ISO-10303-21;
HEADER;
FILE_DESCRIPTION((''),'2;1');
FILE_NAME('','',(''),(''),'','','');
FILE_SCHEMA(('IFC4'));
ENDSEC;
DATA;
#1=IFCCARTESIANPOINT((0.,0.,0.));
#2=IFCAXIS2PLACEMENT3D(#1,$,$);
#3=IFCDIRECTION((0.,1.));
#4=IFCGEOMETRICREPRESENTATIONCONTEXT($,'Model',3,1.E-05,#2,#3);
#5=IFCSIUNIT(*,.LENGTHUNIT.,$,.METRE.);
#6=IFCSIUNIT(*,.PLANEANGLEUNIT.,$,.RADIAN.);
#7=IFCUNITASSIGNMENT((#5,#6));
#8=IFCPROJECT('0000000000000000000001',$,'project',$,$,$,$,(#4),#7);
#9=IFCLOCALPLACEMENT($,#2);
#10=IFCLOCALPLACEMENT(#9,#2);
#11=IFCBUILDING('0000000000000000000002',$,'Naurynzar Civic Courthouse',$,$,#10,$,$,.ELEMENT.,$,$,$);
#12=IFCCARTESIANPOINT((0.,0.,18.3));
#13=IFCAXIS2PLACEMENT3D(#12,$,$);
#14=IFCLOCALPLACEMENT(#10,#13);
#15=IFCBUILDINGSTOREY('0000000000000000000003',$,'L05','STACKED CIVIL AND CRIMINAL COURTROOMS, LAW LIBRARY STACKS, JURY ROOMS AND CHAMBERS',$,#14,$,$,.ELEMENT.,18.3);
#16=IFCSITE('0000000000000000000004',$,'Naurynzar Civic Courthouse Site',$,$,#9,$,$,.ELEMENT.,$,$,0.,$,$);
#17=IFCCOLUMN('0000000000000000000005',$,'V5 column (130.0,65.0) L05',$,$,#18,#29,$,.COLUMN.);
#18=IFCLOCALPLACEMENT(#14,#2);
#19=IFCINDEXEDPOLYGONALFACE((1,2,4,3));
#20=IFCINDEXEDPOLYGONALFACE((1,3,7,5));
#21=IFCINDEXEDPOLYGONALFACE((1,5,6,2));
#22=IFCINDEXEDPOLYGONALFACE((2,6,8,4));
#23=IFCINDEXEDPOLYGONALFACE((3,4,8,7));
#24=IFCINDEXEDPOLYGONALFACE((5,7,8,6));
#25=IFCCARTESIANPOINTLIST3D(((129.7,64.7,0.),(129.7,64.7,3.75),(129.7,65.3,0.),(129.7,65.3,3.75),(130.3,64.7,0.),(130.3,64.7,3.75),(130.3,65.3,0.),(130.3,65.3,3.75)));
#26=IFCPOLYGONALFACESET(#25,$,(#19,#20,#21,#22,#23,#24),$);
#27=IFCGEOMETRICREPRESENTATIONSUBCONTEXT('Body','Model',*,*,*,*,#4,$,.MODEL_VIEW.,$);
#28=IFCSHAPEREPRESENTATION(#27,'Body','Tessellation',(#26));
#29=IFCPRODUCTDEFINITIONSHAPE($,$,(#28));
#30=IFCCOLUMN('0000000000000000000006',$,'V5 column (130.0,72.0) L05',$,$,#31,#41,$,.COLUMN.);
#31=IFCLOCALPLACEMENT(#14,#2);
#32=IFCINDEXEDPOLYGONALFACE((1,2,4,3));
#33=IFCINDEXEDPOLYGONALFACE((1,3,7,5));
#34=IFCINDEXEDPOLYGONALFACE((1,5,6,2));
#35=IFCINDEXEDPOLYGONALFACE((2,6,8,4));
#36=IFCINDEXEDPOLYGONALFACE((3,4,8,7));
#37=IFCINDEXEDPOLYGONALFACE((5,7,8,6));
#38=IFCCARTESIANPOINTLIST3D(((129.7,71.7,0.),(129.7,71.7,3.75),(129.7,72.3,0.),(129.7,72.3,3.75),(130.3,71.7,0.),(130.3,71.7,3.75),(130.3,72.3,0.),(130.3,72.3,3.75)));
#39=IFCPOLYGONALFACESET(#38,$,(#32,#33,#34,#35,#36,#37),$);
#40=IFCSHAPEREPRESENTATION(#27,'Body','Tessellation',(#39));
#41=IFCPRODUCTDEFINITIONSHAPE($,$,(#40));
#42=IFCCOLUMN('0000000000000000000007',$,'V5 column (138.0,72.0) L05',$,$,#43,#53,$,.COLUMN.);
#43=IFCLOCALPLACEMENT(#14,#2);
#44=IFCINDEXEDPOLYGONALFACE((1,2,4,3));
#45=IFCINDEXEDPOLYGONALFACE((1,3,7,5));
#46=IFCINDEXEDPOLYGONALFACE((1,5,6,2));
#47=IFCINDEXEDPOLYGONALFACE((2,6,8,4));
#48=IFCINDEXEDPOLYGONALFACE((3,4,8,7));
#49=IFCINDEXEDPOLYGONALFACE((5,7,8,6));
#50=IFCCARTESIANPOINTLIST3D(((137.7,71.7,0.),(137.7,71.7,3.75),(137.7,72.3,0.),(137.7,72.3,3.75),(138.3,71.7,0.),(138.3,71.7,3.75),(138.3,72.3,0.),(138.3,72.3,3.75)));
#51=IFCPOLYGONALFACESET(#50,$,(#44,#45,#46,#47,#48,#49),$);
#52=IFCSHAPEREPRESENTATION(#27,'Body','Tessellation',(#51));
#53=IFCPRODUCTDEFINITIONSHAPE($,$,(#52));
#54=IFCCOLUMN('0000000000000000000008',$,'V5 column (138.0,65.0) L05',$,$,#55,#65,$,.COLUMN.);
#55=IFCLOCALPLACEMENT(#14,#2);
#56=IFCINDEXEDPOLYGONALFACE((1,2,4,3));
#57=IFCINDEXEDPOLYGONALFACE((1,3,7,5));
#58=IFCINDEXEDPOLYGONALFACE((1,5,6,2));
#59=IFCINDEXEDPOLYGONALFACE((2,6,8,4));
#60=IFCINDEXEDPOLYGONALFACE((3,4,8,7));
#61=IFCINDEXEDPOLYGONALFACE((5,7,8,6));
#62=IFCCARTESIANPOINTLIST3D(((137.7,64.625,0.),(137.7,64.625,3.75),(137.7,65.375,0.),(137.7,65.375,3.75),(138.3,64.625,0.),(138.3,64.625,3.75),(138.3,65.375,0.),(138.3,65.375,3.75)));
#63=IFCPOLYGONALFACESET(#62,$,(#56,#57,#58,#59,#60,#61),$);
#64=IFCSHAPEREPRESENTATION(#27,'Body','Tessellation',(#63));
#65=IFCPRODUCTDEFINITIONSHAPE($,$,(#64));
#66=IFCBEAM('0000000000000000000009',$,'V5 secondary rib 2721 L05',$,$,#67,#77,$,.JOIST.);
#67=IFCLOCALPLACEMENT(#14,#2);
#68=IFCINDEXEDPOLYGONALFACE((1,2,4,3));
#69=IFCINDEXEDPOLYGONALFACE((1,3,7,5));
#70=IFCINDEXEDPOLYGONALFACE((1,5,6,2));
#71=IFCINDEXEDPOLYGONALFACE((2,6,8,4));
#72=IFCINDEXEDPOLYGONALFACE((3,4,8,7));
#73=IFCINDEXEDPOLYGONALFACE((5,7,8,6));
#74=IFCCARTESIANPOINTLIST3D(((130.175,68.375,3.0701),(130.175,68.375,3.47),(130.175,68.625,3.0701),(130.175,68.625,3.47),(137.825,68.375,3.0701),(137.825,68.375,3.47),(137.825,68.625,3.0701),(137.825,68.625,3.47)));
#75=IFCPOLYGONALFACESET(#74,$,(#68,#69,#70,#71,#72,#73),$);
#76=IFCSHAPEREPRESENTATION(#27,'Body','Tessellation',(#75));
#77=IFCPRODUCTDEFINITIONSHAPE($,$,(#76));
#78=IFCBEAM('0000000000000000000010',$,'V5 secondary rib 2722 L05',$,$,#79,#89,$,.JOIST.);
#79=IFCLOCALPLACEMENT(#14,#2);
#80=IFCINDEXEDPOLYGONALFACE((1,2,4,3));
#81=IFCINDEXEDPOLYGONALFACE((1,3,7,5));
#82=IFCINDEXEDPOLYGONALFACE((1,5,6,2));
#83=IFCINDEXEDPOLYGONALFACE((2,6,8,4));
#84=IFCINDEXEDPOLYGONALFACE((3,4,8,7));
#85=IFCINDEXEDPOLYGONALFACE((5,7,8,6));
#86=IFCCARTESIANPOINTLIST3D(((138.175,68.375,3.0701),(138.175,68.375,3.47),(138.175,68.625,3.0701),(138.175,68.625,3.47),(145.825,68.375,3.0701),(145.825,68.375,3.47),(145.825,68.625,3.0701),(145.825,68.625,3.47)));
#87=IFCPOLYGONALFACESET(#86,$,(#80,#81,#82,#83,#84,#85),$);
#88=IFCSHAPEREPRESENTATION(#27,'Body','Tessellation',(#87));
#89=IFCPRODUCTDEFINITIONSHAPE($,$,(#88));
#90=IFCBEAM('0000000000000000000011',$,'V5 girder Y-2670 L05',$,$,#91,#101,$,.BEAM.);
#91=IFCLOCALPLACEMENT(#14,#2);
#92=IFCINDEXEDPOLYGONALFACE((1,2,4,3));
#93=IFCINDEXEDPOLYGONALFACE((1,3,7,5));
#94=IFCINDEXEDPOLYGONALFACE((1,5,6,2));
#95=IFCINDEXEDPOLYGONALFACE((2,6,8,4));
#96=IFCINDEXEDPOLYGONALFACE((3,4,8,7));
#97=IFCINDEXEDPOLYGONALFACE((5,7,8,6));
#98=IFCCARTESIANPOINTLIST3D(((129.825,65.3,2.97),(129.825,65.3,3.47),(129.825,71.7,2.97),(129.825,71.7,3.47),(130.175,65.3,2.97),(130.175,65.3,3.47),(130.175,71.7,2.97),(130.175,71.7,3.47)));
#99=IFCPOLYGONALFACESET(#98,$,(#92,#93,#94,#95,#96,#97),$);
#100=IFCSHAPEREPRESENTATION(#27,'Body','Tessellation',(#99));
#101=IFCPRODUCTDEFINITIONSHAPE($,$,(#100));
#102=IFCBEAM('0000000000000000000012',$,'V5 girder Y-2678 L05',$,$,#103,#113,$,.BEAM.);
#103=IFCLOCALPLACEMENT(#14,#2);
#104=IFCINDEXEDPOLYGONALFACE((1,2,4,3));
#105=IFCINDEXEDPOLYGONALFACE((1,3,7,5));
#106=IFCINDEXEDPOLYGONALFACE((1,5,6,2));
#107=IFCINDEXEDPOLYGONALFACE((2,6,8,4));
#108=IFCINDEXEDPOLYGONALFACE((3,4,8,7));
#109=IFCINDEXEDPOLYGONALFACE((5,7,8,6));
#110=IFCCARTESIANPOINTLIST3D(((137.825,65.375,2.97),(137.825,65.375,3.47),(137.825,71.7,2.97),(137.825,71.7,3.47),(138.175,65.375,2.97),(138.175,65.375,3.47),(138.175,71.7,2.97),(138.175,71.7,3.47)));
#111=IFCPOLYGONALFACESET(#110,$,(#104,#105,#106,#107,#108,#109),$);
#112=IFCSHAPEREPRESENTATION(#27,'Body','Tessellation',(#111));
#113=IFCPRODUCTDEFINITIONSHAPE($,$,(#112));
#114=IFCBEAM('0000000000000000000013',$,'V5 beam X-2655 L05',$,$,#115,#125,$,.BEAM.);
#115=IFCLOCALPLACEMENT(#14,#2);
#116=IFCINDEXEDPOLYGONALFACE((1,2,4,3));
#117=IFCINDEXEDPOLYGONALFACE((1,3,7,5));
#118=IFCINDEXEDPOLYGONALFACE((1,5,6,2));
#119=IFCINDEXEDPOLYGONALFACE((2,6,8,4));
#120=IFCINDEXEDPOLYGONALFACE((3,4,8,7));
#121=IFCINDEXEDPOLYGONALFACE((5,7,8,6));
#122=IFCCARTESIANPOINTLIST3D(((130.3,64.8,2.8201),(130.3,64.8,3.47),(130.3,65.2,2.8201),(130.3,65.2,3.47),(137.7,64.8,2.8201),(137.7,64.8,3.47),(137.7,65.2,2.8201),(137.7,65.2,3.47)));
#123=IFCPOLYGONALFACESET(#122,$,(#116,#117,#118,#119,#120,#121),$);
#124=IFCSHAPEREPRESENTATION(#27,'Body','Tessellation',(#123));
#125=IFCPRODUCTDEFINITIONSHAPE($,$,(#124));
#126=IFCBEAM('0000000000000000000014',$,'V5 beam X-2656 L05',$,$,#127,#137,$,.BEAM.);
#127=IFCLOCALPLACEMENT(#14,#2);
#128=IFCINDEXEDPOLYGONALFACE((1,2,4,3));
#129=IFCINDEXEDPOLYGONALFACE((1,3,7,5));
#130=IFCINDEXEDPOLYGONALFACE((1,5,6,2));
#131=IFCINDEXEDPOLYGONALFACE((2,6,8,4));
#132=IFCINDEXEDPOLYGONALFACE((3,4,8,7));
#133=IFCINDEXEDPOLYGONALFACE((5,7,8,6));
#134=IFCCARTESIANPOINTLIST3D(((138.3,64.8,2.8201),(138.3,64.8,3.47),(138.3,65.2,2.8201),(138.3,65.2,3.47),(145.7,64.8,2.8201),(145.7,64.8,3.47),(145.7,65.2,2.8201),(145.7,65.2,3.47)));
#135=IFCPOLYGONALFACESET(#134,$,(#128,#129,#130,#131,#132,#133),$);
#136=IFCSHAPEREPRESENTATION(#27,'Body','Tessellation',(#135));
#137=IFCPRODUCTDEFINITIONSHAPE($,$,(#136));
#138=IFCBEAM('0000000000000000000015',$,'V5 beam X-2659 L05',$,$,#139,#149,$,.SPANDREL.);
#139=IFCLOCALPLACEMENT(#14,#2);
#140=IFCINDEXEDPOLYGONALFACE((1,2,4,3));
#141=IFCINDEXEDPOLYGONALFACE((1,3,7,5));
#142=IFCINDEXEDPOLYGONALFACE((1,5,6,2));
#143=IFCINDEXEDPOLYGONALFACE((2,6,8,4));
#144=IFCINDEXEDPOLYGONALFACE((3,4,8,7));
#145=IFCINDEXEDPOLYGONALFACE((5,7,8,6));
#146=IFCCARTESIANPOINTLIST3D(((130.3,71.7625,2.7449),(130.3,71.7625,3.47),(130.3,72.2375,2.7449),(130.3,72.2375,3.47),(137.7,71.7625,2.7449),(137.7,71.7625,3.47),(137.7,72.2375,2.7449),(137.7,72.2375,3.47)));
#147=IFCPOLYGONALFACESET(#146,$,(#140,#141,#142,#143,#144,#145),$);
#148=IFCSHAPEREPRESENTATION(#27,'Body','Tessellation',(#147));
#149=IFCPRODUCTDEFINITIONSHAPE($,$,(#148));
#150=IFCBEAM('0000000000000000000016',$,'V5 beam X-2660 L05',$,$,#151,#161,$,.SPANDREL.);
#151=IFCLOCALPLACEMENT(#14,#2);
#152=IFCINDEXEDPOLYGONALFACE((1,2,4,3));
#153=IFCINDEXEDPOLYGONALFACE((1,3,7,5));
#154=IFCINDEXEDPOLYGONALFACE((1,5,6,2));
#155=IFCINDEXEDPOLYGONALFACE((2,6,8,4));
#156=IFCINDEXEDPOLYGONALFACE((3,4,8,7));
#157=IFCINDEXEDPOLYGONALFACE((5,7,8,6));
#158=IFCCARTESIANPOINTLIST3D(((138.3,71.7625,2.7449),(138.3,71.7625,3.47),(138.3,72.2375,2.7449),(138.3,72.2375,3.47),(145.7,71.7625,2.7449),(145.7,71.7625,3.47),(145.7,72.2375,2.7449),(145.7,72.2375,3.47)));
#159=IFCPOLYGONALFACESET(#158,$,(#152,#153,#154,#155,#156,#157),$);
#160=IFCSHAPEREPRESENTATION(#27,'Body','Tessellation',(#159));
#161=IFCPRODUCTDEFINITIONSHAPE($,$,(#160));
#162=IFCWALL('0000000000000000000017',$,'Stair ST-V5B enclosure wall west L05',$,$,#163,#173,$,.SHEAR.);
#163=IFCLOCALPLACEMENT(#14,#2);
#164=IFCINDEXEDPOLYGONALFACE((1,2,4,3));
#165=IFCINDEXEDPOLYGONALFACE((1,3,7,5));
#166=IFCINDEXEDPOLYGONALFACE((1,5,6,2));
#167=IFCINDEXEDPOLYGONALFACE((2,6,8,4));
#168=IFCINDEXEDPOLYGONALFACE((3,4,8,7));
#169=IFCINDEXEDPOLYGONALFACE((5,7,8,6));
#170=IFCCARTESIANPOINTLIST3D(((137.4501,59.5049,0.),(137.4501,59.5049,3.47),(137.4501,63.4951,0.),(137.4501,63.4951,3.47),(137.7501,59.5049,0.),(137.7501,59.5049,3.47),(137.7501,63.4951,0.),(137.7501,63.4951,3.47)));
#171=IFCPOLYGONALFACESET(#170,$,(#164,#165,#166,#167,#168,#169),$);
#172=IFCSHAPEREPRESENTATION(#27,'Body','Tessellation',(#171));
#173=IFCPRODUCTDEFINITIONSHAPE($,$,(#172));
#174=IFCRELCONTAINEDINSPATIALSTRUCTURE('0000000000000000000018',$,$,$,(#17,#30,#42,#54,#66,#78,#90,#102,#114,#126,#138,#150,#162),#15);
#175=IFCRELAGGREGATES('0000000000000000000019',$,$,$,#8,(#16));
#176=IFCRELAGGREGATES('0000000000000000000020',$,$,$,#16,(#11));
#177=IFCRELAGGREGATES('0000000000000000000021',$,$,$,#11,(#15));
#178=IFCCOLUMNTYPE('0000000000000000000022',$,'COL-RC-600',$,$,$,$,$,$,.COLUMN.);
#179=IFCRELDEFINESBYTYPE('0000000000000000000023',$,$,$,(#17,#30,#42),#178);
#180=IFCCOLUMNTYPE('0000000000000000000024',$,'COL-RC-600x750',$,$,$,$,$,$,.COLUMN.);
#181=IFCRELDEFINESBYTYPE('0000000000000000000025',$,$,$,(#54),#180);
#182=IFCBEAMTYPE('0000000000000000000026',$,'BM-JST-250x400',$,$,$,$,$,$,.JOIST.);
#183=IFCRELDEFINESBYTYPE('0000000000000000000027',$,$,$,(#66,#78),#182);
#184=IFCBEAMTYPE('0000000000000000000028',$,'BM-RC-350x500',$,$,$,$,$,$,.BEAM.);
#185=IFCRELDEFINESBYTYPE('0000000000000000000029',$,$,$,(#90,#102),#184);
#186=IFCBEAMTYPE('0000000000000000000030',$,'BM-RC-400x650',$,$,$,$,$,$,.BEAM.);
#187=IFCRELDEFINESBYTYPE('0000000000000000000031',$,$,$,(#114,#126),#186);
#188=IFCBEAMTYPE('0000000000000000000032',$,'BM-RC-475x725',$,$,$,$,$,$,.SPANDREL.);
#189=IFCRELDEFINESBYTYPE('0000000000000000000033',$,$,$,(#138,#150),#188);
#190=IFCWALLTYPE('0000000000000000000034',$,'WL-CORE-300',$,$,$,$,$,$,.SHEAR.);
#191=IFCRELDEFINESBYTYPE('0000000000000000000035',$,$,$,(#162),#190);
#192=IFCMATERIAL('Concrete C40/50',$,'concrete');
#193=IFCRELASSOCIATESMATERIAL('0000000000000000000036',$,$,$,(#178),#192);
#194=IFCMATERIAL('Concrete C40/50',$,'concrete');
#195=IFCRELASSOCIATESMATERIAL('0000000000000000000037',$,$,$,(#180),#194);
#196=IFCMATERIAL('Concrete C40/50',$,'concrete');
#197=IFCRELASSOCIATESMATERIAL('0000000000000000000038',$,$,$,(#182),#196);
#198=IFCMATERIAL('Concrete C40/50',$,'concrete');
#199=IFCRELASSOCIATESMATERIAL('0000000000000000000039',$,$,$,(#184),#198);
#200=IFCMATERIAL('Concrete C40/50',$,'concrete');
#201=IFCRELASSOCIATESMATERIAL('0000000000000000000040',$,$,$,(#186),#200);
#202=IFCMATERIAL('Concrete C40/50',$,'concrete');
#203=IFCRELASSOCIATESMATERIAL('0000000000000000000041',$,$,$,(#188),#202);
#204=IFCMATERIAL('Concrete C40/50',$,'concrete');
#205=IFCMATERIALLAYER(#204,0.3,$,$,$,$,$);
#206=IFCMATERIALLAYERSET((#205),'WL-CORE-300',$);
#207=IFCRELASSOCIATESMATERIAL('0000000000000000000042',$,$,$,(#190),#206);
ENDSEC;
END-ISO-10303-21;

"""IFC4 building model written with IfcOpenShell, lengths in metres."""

from ifc_helpers import new_model, si_unit, direction, frame, frame_2d, origin, origin_2d, place, context, subcontext, project, spatial, rectangle, extrude, material, layer, layer_set, material_profile, profile_set, type_object, element, save


model = new_model("IFC4")

# Units and contexts
model_context = context("Model", 3, precision=1e-05, world=origin(), true_north=direction((0.0, 1.0)))
body_context = subcontext(model_context, "Body", "Model", "MODEL_VIEW")
ifc_project = project(units=[si_unit("LENGTHUNIT", "METRE"), si_unit("PLANEANGLEUNIT", "RADIAN")], contexts=[model_context])

# Site, building, storey
site_placement = place(None, origin())
site = spatial("IfcSite", under=ifc_project, at=site_placement, Name="Naurynzar Civic Courthouse Site", CompositionType="ELEMENT", RefElevation=0.0)
building_placement = place(site_placement, origin())
building = spatial("IfcBuilding", under=site, at=building_placement, Name="Naurynzar Civic Courthouse", CompositionType="ELEMENT")
storey_placement = place(building_placement, frame((0.0, 0.0, 18.3)))
storey = spatial("IfcBuildingStorey", under=building, at=storey_placement, Name="L05", Description="STACKED CIVIL AND CRIMINAL COURTROOMS, LAW LIBRARY STACKS, JURY ROOMS AND CHAMBERS", CompositionType="ELEMENT", Elevation=18.3)

# Columns
ifc_material_1 = material(Name="Concrete C40/50", Category="concrete")
ifc_material_profile_1 = material_profile(ifc_material_1, rectangle(XDim=0.6001, YDim=0.6001, at=origin_2d()), Name="RC 600x600")
ifc_profile_set_1 = profile_set([ifc_material_profile_1], Name="Concrete C40/50")
column_type_1 = type_object("IfcColumnType", Name="COL-RC-600", PredefinedType="COLUMN", material=ifc_profile_set_1)
for number, where, z_axis, x_axis, name in (
    (1, (130.0, 65.0, 0.0), (0.0, 0.0, 1.0), (1.0, 0.0, 0.0), "V5 column (130.0,65.0) L05"),
    (2, (130.0, 72.0, 0.0), (0.0, 0.0, 1.0), (1.0, 0.0, 0.0), "V5 column (130.0,72.0) L05"),
    (3, (138.0, 72.0, 0.0), (0.0, 0.0, 1.0), (1.0, 0.0, 0.0), "V5 column (138.0,72.0) L05"),
):
    element("IfcColumn", number, at=place(storey_placement, frame(where, z_axis=z_axis, x_axis=x_axis)), inside=storey, type_object=column_type_1, Name=name, PredefinedType="COLUMN", context=body_context, shape_type="SweptSolid", body=[
        extrude(rectangle(XDim=0.6001, YDim=0.6001, at=origin_2d()), origin(), (0.0, 0.0, 1.0), 3.75),
    ])
ifc_material_2 = material(Name="Concrete C40/50", Category="concrete")
ifc_material_profile_2 = material_profile(ifc_material_2, rectangle(XDim=0.6001, YDim=0.75, at=origin_2d()), Name="RC 600x750")
ifc_profile_set_2 = profile_set([ifc_material_profile_2], Name="Concrete C40/50")
column_type_2 = type_object("IfcColumnType", Name="COL-RC-600x750", PredefinedType="COLUMN", material=ifc_profile_set_2)
column_placement = place(storey_placement, frame((138.0, 65.0, 0.0), z_axis=(0.0, 0.0, 1.0), x_axis=(1.0, 0.0, 0.0)))
element("IfcColumn", 4, at=column_placement, inside=storey, type_object=column_type_2, Name="V5 column (138.0,65.0) L05", PredefinedType="COLUMN", context=body_context, shape_type="SweptSolid", body=[
    extrude(rectangle(XDim=0.6001, YDim=0.75, at=origin_2d()), origin(), (0.0, 0.0, 1.0), 3.75),
])

# Beams
ifc_material_3 = material(Name="Concrete C40/50", Category="concrete")
ifc_material_profile_3 = material_profile(ifc_material_3, rectangle(XDim=0.25, YDim=0.3999, at=origin_2d()), Name="RCB 250x400")
ifc_profile_set_3 = profile_set([ifc_material_profile_3], Name="Concrete C40/50")
beam_type_1 = type_object("IfcBeamType", Name="BM-JST-250x400", PredefinedType="JOIST", material=ifc_profile_set_3)
for number, where, z_axis, x_axis, name in (
    (5, (130.175, 68.5, 3.27), (1.0, 0.0, 0.0), (0.0, 1.0, 0.0), "V5 secondary rib 2721 L05"),
    (6, (138.175, 68.5, 3.27), (1.0, 0.0, 0.0), (0.0, 1.0, 0.0), "V5 secondary rib 2722 L05"),
):
    element("IfcBeam", number, at=place(storey_placement, frame(where, z_axis=z_axis, x_axis=x_axis)), inside=storey, type_object=beam_type_1, Name=name, PredefinedType="JOIST", context=body_context, shape_type="SweptSolid", body=[
        extrude(rectangle(XDim=0.25, YDim=0.3999, at=origin_2d()), origin(), (0.0, 0.0, 1.0), 7.6499),
    ])
ifc_material_4 = material(Name="Concrete C40/50", Category="concrete")
ifc_material_profile_4 = material_profile(ifc_material_4, rectangle(XDim=0.3501, YDim=0.5, at=origin_2d()), Name="RCB 350x500")
ifc_profile_set_4 = profile_set([ifc_material_profile_4], Name="Concrete C40/50")
beam_type_2 = type_object("IfcBeamType", Name="BM-RC-350x500", PredefinedType="BEAM", material=ifc_profile_set_4)
beam_1_placement = place(storey_placement, frame((130.0, 65.3, 3.22), z_axis=(0.0, 1.0, 0.0), x_axis=(-1.0, 0.0, 0.0)))
element("IfcBeam", 7, at=beam_1_placement, inside=storey, type_object=beam_type_2, Name="V5 girder Y-2670 L05", PredefinedType="BEAM", context=body_context, shape_type="SweptSolid", body=[
    extrude(rectangle(XDim=0.3501, YDim=0.5, at=origin_2d()), origin(), (0.0, 0.0, 1.0), 6.3999),
])
beam_2_placement = place(storey_placement, frame((138.0, 65.375, 3.22), z_axis=(0.0, 1.0, 0.0), x_axis=(-1.0, 0.0, 0.0)))
element("IfcBeam", 8, at=beam_2_placement, inside=storey, type_object=beam_type_2, Name="V5 girder Y-2678 L05", PredefinedType="BEAM", context=body_context, shape_type="SweptSolid", body=[
    extrude(rectangle(XDim=0.3501, YDim=0.5, at=origin_2d()), origin(), (0.0, 0.0, 1.0), 6.325),
])
ifc_material_5 = material(Name="Concrete C40/50", Category="concrete")
ifc_material_profile_5 = material_profile(ifc_material_5, rectangle(XDim=0.3999, YDim=0.6499, at=origin_2d()), Name="RCB 400x650")
ifc_profile_set_5 = profile_set([ifc_material_profile_5], Name="Concrete C40/50")
beam_type_3 = type_object("IfcBeamType", Name="BM-RC-400x650", PredefinedType="BEAM", material=ifc_profile_set_5)
for number, where, z_axis, x_axis, name in (
    (9, (130.3, 65.0, 3.145), (1.0, 0.0, 0.0), (0.0, 1.0, 0.0), "V5 beam X-2655 L05"),
    (10, (138.3, 65.0, 3.145), (1.0, 0.0, 0.0), (0.0, 1.0, 0.0), "V5 beam X-2656 L05"),
):
    element("IfcBeam", number, at=place(storey_placement, frame(where, z_axis=z_axis, x_axis=x_axis)), inside=storey, type_object=beam_type_3, Name=name, PredefinedType="BEAM", context=body_context, shape_type="SweptSolid", body=[
        extrude(rectangle(XDim=0.3999, YDim=0.6499, at=origin_2d()), origin(), (0.0, 0.0, 1.0), 7.3999),
    ])
ifc_material_6 = material(Name="Concrete C40/50", Category="concrete")
ifc_material_profile_6 = material_profile(ifc_material_6, rectangle(XDim=0.4751, YDim=0.7251, at=origin_2d()), Name="RCB 475x725")
ifc_profile_set_6 = profile_set([ifc_material_profile_6], Name="Concrete C40/50")
beam_type_4 = type_object("IfcBeamType", Name="BM-RC-475x725", PredefinedType="SPANDREL", material=ifc_profile_set_6)
for number, where, z_axis, x_axis, name in (
    (11, (130.3, 72.0, 3.1074), (1.0, 0.0, 0.0), (0.0, 1.0, 0.0), "V5 beam X-2659 L05"),
    (12, (138.3, 72.0, 3.1074), (1.0, 0.0, 0.0), (0.0, 1.0, 0.0), "V5 beam X-2660 L05"),
):
    element("IfcBeam", number, at=place(storey_placement, frame(where, z_axis=z_axis, x_axis=x_axis)), inside=storey, type_object=beam_type_4, Name=name, PredefinedType="SPANDREL", context=body_context, shape_type="SweptSolid", body=[
        extrude(rectangle(XDim=0.4751, YDim=0.7251, at=origin_2d()), origin(), (0.0, 0.0, 1.0), 7.3999),
    ])

# Wall
ifc_material_7 = material(Name="Concrete C40/50", Category="concrete")
ifc_layer_1 = layer(ifc_material_7, 0.3)
ifc_layer_set_1 = layer_set([ifc_layer_1], Name="WL-CORE-300")
wall_type_1 = type_object("IfcWallType", Name="WL-CORE-300", PredefinedType="SHEAR", material=ifc_layer_set_1)
wall_1_placement = place(storey_placement, frame((137.6001, 63.4951, 0.0), z_axis=(0.0, 0.0, 1.0), x_axis=(0.0, -1.0, 0.0)))
element("IfcWall", 13, at=wall_1_placement, inside=storey, type_object=wall_type_1, Name="Stair ST-V5B enclosure wall west L05", PredefinedType="SHEAR", context=body_context, shape_type="SweptSolid", body=[
    extrude(rectangle(XDim=3.9902, YDim=0.3, at=frame_2d((1.9951, 0.0))), origin(), (0.0, 0.0, 1.0), 3.47),
])

save(model, "model.ifc")
